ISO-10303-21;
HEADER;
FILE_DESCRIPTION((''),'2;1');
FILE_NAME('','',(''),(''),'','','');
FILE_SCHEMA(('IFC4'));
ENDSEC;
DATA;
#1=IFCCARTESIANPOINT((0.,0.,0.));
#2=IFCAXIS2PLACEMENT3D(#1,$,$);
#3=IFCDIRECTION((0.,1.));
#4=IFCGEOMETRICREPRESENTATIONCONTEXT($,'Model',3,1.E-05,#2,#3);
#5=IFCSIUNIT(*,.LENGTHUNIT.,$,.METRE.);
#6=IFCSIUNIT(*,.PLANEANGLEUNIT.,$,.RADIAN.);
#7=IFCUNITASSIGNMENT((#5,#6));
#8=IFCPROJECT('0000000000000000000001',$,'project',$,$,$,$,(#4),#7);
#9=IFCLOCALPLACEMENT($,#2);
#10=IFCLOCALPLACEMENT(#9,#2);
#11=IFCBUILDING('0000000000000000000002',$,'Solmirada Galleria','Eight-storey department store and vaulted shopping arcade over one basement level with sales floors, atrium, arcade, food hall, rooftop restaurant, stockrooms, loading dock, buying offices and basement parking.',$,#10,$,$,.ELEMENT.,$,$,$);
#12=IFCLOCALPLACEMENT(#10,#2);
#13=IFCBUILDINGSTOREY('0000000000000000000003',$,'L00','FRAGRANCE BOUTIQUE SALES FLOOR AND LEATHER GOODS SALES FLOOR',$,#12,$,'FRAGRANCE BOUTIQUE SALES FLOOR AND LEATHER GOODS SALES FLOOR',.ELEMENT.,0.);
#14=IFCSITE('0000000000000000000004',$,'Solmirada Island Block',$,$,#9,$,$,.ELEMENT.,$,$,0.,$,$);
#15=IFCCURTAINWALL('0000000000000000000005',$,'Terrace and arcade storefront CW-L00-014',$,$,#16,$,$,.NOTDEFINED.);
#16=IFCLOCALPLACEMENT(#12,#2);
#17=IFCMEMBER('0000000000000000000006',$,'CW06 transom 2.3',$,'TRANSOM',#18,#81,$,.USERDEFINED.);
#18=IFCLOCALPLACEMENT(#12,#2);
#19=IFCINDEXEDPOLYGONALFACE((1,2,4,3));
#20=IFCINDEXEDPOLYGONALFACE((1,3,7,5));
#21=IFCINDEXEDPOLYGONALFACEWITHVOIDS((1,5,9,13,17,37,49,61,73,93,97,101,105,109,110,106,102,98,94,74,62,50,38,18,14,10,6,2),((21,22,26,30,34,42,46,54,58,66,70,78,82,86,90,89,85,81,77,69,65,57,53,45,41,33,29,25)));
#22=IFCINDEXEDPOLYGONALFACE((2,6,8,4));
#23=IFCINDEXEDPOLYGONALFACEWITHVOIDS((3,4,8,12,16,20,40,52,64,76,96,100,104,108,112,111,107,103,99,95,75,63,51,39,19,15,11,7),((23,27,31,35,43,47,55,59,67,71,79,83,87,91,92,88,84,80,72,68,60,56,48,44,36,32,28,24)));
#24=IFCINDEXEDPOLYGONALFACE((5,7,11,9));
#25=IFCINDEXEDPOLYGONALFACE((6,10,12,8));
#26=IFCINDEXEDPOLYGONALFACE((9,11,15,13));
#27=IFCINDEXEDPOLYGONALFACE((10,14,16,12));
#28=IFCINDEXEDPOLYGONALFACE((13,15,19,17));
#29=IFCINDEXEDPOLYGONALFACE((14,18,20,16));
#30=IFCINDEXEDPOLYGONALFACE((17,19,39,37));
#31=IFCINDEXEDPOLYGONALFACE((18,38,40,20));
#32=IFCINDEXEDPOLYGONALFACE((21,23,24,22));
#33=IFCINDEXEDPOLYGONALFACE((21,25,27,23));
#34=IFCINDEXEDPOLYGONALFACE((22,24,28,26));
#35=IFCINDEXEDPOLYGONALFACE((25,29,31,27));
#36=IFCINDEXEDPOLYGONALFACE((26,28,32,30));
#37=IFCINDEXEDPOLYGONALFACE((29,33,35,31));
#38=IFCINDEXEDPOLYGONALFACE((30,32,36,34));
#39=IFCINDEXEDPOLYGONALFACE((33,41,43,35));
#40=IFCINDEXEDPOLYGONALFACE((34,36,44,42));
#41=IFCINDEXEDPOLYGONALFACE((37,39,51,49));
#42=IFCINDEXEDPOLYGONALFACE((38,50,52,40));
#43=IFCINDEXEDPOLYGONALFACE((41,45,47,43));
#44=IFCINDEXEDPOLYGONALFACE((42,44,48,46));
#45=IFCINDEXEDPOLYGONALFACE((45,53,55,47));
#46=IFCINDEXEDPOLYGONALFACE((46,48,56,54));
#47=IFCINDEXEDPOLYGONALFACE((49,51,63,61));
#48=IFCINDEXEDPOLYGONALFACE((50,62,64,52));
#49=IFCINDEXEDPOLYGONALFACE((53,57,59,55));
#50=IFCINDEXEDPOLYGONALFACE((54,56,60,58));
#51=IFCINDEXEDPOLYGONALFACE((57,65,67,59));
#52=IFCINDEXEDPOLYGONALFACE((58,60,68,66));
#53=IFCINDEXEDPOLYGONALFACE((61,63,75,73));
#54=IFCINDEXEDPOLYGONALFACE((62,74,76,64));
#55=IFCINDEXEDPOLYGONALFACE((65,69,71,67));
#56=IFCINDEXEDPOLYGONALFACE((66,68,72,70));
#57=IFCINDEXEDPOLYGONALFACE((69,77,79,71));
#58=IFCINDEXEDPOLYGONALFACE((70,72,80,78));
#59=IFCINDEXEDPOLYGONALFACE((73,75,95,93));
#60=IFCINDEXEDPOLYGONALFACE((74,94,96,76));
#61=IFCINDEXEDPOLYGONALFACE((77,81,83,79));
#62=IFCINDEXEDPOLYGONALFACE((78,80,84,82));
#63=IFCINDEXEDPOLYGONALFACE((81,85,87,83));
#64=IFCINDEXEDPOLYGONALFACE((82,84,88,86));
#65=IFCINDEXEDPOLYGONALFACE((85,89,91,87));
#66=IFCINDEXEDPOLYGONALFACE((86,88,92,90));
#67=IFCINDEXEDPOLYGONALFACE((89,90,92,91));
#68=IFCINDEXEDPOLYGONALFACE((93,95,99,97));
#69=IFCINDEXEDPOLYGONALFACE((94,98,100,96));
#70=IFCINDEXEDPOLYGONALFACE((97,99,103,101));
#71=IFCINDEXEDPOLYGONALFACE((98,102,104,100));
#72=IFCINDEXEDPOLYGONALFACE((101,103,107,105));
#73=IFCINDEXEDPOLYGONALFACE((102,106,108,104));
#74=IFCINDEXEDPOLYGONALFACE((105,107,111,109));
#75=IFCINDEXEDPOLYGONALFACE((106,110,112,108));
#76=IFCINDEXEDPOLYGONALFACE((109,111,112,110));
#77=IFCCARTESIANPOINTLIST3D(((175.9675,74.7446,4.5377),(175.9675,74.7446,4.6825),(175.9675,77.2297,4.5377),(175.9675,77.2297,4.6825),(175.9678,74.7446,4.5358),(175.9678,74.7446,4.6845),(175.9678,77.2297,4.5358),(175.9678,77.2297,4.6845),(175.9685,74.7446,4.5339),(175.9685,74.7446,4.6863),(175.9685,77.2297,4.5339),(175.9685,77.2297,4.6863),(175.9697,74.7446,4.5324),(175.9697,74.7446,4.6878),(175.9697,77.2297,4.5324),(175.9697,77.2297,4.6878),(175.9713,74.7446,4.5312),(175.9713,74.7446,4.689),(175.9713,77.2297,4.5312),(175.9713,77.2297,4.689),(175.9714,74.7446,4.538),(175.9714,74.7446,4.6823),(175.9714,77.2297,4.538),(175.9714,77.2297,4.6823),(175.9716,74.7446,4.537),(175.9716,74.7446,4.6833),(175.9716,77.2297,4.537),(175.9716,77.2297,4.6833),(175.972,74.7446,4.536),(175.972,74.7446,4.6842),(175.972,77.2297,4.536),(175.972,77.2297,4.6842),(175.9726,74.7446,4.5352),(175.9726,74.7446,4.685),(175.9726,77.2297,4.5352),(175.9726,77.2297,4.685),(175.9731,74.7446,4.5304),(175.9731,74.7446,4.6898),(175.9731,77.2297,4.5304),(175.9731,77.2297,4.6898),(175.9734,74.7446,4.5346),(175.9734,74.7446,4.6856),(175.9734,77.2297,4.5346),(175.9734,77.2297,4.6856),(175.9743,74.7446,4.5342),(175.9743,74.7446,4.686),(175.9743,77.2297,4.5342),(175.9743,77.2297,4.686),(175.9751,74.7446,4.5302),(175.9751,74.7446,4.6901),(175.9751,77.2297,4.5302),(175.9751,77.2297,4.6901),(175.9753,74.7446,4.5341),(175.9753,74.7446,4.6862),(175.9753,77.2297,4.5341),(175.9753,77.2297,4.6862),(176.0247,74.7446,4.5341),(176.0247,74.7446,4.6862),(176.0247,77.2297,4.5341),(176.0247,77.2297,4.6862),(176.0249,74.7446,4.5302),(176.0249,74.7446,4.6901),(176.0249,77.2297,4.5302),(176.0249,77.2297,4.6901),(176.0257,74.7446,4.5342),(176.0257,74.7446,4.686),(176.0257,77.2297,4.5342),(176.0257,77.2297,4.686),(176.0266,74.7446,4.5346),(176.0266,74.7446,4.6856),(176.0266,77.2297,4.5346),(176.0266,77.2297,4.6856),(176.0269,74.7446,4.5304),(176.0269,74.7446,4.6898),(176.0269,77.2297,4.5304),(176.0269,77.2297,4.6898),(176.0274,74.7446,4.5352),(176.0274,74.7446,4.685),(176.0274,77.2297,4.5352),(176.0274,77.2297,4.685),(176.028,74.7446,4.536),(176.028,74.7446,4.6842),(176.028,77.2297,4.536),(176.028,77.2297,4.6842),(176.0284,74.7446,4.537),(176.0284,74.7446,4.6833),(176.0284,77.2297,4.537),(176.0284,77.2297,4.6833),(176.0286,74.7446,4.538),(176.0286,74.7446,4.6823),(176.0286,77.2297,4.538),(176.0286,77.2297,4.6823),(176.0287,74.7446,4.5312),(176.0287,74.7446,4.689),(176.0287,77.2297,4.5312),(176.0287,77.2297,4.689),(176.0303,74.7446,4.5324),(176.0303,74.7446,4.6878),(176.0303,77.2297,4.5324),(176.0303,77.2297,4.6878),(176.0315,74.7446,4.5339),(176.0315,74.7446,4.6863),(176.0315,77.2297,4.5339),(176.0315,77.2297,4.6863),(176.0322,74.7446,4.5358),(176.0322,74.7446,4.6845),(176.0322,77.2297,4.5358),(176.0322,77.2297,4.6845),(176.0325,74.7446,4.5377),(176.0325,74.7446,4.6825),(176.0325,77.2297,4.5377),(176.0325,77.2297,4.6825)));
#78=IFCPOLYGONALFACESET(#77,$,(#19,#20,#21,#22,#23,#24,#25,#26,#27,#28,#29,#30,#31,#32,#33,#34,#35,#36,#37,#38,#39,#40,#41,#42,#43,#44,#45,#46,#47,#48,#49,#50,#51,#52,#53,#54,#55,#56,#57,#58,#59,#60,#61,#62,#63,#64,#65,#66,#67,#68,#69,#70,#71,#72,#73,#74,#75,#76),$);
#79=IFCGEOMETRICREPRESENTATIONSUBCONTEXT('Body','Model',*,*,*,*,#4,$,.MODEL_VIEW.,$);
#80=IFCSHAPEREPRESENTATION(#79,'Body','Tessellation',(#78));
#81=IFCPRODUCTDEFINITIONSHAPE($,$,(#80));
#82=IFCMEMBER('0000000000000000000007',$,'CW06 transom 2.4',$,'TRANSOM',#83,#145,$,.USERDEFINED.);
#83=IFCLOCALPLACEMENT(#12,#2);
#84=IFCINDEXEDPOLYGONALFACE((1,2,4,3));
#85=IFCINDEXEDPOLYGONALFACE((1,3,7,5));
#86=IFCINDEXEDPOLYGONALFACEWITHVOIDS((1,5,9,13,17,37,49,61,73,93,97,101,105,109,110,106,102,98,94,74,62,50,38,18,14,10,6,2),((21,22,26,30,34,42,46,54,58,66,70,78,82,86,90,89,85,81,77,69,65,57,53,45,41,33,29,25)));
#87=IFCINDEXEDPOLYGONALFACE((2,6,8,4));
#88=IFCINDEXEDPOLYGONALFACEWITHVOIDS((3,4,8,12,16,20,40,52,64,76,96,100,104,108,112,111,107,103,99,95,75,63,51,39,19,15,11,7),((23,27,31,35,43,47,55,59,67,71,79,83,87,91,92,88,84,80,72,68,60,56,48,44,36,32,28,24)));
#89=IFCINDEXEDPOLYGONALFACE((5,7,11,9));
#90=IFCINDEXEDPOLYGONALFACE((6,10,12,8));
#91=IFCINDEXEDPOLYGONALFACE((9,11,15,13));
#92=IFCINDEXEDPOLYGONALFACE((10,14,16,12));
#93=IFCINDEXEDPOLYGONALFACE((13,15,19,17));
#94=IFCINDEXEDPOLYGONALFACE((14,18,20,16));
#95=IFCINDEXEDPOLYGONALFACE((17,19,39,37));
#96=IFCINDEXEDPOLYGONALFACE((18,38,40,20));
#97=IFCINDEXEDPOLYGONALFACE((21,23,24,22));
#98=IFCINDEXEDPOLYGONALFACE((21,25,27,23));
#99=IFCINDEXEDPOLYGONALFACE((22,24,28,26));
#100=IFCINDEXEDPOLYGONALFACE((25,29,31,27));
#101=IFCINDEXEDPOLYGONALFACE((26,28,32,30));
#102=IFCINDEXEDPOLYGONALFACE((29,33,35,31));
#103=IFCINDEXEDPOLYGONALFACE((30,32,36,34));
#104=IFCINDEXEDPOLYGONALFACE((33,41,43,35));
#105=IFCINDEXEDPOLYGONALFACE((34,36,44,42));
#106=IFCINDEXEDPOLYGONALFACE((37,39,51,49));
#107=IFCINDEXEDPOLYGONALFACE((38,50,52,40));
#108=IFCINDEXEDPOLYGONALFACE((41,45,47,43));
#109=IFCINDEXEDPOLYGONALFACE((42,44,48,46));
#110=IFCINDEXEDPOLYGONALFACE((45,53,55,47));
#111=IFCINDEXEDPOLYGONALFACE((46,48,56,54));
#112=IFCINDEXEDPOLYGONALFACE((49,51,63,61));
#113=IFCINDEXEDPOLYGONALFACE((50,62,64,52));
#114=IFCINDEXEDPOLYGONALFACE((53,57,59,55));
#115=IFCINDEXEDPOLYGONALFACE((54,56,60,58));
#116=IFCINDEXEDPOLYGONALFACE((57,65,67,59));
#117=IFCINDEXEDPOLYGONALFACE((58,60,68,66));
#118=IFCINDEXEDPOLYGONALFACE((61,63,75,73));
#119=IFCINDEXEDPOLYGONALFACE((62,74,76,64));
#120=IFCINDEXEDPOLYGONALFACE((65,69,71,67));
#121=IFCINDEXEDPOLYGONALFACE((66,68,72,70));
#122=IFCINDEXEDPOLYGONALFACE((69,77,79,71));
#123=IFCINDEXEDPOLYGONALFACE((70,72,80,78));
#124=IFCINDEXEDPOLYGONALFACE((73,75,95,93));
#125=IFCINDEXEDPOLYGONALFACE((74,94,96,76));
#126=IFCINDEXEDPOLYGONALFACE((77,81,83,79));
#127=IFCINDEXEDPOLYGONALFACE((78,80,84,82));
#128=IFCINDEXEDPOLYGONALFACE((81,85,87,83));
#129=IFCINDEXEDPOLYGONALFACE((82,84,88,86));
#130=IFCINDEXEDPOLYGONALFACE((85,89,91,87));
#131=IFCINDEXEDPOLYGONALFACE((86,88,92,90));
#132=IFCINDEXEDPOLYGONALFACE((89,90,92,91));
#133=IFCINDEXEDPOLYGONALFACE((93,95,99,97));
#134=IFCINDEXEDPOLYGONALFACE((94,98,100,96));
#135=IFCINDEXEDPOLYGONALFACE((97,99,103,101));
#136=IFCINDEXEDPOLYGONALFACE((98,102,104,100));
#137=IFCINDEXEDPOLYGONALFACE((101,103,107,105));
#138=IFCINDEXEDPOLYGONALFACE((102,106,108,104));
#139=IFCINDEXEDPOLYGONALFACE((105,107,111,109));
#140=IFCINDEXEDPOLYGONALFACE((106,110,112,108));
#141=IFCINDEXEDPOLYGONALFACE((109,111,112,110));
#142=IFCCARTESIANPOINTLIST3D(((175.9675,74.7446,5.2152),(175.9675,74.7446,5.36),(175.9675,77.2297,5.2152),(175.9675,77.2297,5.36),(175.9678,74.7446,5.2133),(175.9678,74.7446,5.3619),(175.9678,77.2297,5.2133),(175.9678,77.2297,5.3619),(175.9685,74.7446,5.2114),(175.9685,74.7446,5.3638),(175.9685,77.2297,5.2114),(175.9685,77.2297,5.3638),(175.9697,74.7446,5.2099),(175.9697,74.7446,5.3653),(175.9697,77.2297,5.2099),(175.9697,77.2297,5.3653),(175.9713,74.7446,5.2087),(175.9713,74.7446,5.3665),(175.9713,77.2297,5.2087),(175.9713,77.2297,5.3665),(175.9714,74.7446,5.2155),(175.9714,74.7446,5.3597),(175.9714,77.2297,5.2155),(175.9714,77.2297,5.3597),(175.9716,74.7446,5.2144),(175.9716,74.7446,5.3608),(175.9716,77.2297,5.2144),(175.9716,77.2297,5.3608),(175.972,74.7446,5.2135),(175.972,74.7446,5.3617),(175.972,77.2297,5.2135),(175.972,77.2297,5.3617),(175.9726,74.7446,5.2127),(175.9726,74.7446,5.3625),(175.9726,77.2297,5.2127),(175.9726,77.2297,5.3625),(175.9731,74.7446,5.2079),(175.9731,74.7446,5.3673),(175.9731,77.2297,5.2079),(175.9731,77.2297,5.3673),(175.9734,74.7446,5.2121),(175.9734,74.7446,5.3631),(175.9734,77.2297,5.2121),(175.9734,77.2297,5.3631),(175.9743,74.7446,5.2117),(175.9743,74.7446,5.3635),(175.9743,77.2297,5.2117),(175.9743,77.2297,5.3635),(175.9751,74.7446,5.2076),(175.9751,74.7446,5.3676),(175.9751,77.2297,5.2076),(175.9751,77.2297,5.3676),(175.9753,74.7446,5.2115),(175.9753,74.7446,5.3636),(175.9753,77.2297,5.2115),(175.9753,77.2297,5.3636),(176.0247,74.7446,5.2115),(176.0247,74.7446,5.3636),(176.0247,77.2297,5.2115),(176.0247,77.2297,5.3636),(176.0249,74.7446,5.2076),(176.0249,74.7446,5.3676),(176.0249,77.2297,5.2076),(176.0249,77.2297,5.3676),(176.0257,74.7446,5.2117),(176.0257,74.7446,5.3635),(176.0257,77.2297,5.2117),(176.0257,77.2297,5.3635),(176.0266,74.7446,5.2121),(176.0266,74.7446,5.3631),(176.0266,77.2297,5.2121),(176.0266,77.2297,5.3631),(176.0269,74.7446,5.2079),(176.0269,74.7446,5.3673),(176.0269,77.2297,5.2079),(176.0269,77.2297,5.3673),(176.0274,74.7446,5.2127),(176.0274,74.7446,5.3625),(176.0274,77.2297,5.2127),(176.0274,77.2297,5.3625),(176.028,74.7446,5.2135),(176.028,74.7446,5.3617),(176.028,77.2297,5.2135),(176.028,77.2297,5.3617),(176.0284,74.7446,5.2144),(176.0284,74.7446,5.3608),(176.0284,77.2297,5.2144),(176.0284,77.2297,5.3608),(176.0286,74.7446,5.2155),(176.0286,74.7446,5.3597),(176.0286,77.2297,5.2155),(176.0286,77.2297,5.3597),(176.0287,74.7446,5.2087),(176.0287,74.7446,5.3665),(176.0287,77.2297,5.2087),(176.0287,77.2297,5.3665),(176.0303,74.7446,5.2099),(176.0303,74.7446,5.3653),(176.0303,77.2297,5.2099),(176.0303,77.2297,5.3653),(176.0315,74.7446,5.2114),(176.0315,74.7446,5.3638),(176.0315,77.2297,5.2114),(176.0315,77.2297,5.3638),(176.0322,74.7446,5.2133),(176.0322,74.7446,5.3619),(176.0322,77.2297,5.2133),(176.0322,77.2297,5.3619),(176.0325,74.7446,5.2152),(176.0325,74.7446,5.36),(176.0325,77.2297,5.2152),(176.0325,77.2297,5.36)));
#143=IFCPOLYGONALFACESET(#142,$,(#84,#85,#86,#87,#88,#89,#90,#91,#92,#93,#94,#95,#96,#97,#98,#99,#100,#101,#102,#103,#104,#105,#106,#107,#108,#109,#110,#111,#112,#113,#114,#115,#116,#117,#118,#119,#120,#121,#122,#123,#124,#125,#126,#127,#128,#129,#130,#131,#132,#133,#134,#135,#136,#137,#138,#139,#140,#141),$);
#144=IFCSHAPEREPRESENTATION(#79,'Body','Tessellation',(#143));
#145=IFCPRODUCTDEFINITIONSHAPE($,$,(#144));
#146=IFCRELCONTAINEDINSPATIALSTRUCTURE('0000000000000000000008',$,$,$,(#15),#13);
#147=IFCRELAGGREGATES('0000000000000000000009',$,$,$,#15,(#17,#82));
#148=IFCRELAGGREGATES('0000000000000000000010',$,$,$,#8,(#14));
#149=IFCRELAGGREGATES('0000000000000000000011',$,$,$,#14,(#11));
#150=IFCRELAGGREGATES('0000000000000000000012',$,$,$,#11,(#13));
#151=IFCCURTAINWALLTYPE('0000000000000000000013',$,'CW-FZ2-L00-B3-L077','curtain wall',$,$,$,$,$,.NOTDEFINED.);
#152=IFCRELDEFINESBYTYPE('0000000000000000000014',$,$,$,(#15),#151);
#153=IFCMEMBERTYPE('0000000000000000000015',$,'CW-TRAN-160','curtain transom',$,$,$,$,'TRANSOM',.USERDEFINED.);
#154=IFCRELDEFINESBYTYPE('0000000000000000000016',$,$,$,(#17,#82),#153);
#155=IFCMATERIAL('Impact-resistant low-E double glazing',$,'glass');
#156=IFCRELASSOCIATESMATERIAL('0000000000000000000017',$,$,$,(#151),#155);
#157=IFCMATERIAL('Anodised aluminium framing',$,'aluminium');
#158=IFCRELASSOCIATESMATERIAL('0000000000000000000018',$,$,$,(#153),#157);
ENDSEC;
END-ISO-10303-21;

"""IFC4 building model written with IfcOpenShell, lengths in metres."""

from ifc_helpers import new_model, si_unit, direction, frame, origin, origin_2d, place, context, subcontext, project, spatial, hollow_rectangle, extrude, material, material_profile, profile_set, type_object, element, aggregate, save


model = new_model("IFC4")

# Units and contexts
model_context = context("Model", 3, precision=1e-05, world=origin(), true_north=direction((0.0, 1.0)))
body_context = subcontext(model_context, "Body", "Model", "MODEL_VIEW")
ifc_project = project(units=[si_unit("LENGTHUNIT", "METRE"), si_unit("PLANEANGLEUNIT", "RADIAN")], contexts=[model_context])

# Site, building, storey
site_placement = place(None, origin())
site = spatial("IfcSite", under=ifc_project, at=site_placement, Name="Solmirada Island Block", CompositionType="ELEMENT", RefElevation=0.0)
building_placement = place(site_placement, origin())
building = spatial("IfcBuilding", under=site, at=building_placement, Name="Solmirada Galleria", Description="Eight-storey department store and vaulted shopping arcade over one basement level with sales floors, atrium, arcade, food hall, rooftop restaurant, stockrooms, loading dock, buying offices and basement parking.", CompositionType="ELEMENT")
storey_placement = place(building_placement, origin())
storey = spatial("IfcBuildingStorey", under=building, at=storey_placement, Name="L00", Description="FRAGRANCE BOUTIQUE SALES FLOOR AND LEATHER GOODS SALES FLOOR", LongName="FRAGRANCE BOUTIQUE SALES FLOOR AND LEATHER GOODS SALES FLOOR", CompositionType="ELEMENT", Elevation=0.0)

# Curtain wall, members
ifc_material_1 = material(Name="Impact-resistant low-E double glazing", Category="glass")
curtain_wall_type = type_object("IfcCurtainWallType", Name="CW-FZ2-L00-B3-L077", Description="curtain wall", PredefinedType="NOTDEFINED", material=ifc_material_1)
curtain_wall_placement = place(storey_placement, origin())
curtain_wall = element("IfcCurtainWall", 1, at=curtain_wall_placement, inside=storey, type_object=curtain_wall_type, Name="Terrace and arcade storefront CW-L00-014", PredefinedType="NOTDEFINED")
ifc_material_2 = material(Name="Anodised aluminium framing", Category="aluminium")
ifc_material_profile_1 = material_profile(ifc_material_2, hollow_rectangle(XDim=0.0649, YDim=0.1599, WallThickness=0.0039, InnerFilletRadius=0.0039, OuterFilletRadius=0.0076, at=origin_2d()), Name="ALU-TRAN-160X65")
ifc_profile_set_1 = profile_set([ifc_material_profile_1], Name="Anodised aluminium framing")
member_type_1 = type_object("IfcMemberType", Name="CW-TRAN-160", Description="curtain transom", ElementType="TRANSOM", PredefinedType="USERDEFINED", material=ifc_profile_set_1)
member_1_placement = place(storey_placement, frame((176.0, 77.2297, 4.6101), z_axis=(0.0, -1.0, 0.0), x_axis=(1.0, 0.0, 0.0)))
member_1 = element("IfcMember", 2, at=member_1_placement, type_object=member_type_1, Name="CW06 transom 2.3", ObjectType="TRANSOM", PredefinedType="USERDEFINED", context=body_context, shape_type="SweptSolid", body=[
    extrude(hollow_rectangle(XDim=0.0649, YDim=0.1599, WallThickness=0.0039, InnerFilletRadius=0.0039, OuterFilletRadius=0.0076, at=origin_2d()), origin(), (0.0, 0.0, 1.0), 2.4851),
])
member_2_placement = place(storey_placement, frame((176.0, 77.2297, 5.2876), z_axis=(0.0, -1.0, 0.0), x_axis=(1.0, 0.0, 0.0)))
member_2 = element("IfcMember", 3, at=member_2_placement, type_object=member_type_1, Name="CW06 transom 2.4", ObjectType="TRANSOM", PredefinedType="USERDEFINED", context=body_context, shape_type="SweptSolid", body=[
    extrude(hollow_rectangle(XDim=0.0649, YDim=0.1599, WallThickness=0.0039, InnerFilletRadius=0.0039, OuterFilletRadius=0.0076, at=origin_2d()), origin(), (0.0, 0.0, 1.0), 2.4851),
])

aggregate(curtain_wall, [member_1, member_2])

save(model, "model.ifc")
